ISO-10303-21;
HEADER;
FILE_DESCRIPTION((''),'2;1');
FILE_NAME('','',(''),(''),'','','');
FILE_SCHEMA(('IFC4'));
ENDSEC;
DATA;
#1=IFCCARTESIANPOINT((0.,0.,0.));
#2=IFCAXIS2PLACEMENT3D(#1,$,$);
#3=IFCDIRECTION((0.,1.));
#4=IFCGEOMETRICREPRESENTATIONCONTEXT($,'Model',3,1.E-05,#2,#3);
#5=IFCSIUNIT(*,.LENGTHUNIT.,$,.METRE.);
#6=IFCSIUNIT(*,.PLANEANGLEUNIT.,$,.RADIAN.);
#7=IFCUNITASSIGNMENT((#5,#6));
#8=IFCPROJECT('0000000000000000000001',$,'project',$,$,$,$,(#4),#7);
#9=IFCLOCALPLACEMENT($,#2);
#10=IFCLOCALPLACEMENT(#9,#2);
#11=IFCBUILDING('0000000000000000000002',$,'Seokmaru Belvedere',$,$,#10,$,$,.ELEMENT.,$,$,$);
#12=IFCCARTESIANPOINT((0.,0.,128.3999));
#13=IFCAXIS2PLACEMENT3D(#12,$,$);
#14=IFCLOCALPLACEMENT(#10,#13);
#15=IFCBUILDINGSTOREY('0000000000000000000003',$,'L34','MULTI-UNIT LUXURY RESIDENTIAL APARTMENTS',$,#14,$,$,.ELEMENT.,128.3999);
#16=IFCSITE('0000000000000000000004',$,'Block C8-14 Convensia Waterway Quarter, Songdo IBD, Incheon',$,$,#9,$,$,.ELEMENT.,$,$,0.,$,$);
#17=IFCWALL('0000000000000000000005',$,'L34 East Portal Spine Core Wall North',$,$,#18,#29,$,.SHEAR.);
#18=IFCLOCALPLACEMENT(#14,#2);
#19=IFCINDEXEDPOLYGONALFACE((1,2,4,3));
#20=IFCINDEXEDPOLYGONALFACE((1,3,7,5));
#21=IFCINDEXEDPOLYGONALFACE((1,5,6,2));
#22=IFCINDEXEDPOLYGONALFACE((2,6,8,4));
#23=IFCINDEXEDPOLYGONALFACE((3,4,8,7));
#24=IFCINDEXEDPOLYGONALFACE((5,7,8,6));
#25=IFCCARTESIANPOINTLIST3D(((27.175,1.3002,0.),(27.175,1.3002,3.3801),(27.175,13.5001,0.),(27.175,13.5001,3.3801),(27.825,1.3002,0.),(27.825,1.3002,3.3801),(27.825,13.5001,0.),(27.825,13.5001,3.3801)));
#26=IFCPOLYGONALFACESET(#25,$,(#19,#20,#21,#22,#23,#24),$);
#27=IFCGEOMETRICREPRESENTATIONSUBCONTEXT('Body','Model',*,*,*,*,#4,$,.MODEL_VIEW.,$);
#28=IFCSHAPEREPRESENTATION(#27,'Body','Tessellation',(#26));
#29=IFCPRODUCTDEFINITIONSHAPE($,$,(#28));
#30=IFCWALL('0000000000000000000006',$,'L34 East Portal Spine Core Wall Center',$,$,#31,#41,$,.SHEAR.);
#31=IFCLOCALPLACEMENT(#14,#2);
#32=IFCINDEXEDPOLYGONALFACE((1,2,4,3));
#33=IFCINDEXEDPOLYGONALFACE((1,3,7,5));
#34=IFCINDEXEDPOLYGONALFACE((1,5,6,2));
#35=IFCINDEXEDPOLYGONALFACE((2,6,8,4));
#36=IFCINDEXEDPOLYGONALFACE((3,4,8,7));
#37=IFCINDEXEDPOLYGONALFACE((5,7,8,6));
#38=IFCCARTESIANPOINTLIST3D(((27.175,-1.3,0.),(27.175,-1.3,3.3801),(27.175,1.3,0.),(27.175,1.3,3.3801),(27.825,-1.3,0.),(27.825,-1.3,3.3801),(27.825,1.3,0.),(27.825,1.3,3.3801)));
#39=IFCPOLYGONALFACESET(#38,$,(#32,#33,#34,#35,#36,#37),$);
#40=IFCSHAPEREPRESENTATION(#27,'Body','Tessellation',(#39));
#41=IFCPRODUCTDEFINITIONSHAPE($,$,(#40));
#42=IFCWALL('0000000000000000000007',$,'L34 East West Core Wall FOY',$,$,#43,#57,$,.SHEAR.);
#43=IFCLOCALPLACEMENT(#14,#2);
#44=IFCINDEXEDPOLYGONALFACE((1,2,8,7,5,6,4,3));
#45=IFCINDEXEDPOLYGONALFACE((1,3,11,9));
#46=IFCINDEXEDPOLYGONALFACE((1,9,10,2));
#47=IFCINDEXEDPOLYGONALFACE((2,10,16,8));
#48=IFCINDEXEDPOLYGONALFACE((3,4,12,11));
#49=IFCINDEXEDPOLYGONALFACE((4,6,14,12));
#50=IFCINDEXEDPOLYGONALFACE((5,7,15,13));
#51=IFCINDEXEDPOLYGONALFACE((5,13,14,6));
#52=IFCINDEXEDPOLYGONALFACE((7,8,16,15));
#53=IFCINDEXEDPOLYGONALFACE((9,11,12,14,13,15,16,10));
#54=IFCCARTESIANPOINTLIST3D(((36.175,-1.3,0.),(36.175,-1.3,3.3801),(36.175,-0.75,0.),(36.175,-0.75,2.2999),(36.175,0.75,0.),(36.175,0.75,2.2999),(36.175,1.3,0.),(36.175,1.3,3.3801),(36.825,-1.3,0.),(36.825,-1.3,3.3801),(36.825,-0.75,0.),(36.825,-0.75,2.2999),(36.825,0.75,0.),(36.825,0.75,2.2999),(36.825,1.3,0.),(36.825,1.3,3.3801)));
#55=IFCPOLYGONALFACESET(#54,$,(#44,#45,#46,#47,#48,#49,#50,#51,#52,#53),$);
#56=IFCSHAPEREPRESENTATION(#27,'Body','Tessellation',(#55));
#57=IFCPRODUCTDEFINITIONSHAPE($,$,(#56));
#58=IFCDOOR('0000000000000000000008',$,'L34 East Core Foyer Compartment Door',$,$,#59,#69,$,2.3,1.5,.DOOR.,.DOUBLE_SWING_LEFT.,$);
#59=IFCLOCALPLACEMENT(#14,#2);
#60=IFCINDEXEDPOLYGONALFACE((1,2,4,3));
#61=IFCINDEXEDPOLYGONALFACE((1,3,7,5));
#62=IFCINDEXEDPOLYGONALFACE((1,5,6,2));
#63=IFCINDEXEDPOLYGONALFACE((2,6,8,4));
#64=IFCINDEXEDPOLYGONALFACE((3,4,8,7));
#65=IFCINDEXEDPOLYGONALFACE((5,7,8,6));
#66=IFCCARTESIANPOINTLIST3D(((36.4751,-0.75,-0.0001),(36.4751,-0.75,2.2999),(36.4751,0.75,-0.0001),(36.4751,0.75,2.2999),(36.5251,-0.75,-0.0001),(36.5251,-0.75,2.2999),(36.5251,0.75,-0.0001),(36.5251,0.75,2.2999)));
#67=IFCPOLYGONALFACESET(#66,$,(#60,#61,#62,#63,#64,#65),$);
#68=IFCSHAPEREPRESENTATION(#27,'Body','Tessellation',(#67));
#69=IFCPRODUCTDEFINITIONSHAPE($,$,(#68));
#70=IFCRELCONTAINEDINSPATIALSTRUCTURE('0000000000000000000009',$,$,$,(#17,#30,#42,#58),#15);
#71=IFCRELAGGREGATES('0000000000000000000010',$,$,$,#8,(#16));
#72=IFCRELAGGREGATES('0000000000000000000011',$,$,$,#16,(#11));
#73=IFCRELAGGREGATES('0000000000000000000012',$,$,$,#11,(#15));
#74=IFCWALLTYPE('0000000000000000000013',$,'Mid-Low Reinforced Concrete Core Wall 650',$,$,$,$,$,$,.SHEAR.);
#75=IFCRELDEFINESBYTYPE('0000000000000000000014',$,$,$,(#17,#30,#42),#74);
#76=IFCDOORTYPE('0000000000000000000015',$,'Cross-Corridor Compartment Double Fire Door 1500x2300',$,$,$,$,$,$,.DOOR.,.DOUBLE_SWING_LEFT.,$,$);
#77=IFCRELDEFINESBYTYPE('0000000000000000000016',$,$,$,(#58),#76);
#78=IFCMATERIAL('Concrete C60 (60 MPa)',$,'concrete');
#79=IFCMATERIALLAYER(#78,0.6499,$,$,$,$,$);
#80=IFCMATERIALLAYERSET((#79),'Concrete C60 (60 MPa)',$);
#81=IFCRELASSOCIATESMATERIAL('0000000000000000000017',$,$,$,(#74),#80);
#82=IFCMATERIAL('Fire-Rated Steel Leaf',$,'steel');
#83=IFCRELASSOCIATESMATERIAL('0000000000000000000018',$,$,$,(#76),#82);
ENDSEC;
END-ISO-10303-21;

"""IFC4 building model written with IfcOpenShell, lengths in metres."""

from ifc_helpers import new_model, si_unit, direction, frame, frame_2d, origin, place, context, subcontext, project, spatial, rectangle, extrude, source, transform, mapped, material, layer, layer_set, type_object, type_shapes, element, fill, save


model = new_model("IFC4")

# Units and contexts
model_context = context("Model", 3, precision=1e-05, world=origin(), true_north=direction((0.0, 1.0)))
body_context = subcontext(model_context, "Body", "Model", "MODEL_VIEW")
ifc_project = project(units=[si_unit("LENGTHUNIT", "METRE"), si_unit("PLANEANGLEUNIT", "RADIAN")], contexts=[model_context])

# Site, building, storey
site_placement = place(None, origin())
site = spatial("IfcSite", under=ifc_project, at=site_placement, Name="Block C8-14 Convensia Waterway Quarter, Songdo IBD, Incheon", CompositionType="ELEMENT", RefElevation=0.0)
building_placement = place(site_placement, origin())
building = spatial("IfcBuilding", under=site, at=building_placement, Name="Seokmaru Belvedere", CompositionType="ELEMENT")
storey_placement = place(building_placement, frame((0.0, 0.0, 128.3999)))
storey = spatial("IfcBuildingStorey", under=building, at=storey_placement, Name="L34", Description="MULTI-UNIT LUXURY RESIDENTIAL APARTMENTS", CompositionType="ELEMENT", Elevation=128.3999)

# Shared definitions
ifc_material_1 = material(Name="Fire-Rated Steel Leaf", Category="steel")

# Walls
ifc_material_2 = material(Name="Concrete C60 (60 MPa)", Category="concrete")
ifc_layer_1 = layer(ifc_material_2, 0.6499)
ifc_layer_set_1 = layer_set([ifc_layer_1], Name="Concrete C60 (60 MPa)")
wall_type_1 = type_object("IfcWallType", Name="Mid-Low Reinforced Concrete Core Wall 650", PredefinedType="SHEAR", material=ifc_layer_set_1)
wall_1_placement = place(storey_placement, frame((27.5, 1.3, 0.0), z_axis=(0.0, 0.0, 1.0), x_axis=(0.0, 1.0, 0.0)))
element("IfcWall", 1, at=wall_1_placement, inside=storey, type_object=wall_type_1, Name="L34 East Portal Spine Core Wall North", PredefinedType="SHEAR", context=body_context, shape_type="SweptSolid", body=[
    extrude(rectangle(XDim=12.2, YDim=0.6499, at=frame_2d((6.1001, 0.0))), origin(), (0.0, 0.0, 1.0), 3.3801),
])
wall_2_placement = place(storey_placement, frame((27.5, -1.3, 0.0), z_axis=(0.0, 0.0, 1.0), x_axis=(0.0, 1.0, 0.0)))
element("IfcWall", 2, at=wall_2_placement, inside=storey, type_object=wall_type_1, Name="L34 East Portal Spine Core Wall Center", PredefinedType="SHEAR", context=body_context, shape_type="SweptSolid", body=[
    extrude(rectangle(XDim=2.6001, YDim=0.6499, at=frame_2d((1.3, 0.0))), origin(), (0.0, 0.0, 1.0), 3.3801),
])

# Wall, opening, door
wall_3_placement = place(storey_placement, frame((36.5, -1.3, 0.0), z_axis=(0.0, 0.0, 1.0), x_axis=(0.0, 1.0, 0.0)))
wall_3 = element("IfcWall", 3, at=wall_3_placement, inside=storey, type_object=wall_type_1, Name="L34 East West Core Wall FOY", PredefinedType="SHEAR", context=body_context, shape_type="SweptSolid", body=[
    extrude(rectangle(XDim=2.6001, YDim=0.6499, at=frame_2d((1.3, 0.0))), origin(), (0.0, 0.0, 1.0), 3.3801),
])
opening_1_placement = place(wall_3_placement, frame((0.55, 0.0, 0.0)))
opening_1 = element("IfcOpeningElement", 4, at=opening_1_placement, cuts=wall_3, PredefinedType="OPENING", context=body_context, shape_type="SweptSolid", body=[
    extrude(rectangle(XDim=1.5, YDim=2.3, at=frame_2d((0.75, 1.1499))), frame((0.0, 0.335, 0.0), z_axis=(0.0, -1.0, 0.0), x_axis=(1.0, 0.0, 0.0)), (0.0, 0.0, 1.0), 0.6699),
])
door_type_1 = type_object("IfcDoorType", Name="Cross-Corridor Compartment Double Fire Door 1500x2300", OperationType="DOUBLE_SWING_LEFT", PredefinedType="DOOR", material=ifc_material_1)
shared_shape_1 = source(origin(), body_context, "Body", "SweptSolid", [
    extrude(rectangle(XDim=1.5, YDim=2.3, at=frame_2d((0.75, 1.1499))), frame((0.0, 0.0249, 0.0), z_axis=(0.0, -1.0, 0.0), x_axis=(1.0, 0.0, 0.0)), (0.0, 0.0, 1.0), 0.05),
])
type_shapes(door_type_1, [shared_shape_1])
door_1_placement = place(opening_1_placement, origin())
door_1 = element("IfcDoor", 5, at=door_1_placement, inside=storey, type_object=door_type_1, Name="L34 East Core Foyer Compartment Door", OperationType="DOUBLE_SWING_LEFT", OverallHeight=2.3, OverallWidth=1.5, PredefinedType="DOOR", context=body_context, shape_type="MappedRepresentation", body=[
    mapped(shared_shape_1, transform((0.0, 0.0, 0.0), scale=1.0)),
])
fill(opening_1, door_1)

save(model, "model.ifc")
